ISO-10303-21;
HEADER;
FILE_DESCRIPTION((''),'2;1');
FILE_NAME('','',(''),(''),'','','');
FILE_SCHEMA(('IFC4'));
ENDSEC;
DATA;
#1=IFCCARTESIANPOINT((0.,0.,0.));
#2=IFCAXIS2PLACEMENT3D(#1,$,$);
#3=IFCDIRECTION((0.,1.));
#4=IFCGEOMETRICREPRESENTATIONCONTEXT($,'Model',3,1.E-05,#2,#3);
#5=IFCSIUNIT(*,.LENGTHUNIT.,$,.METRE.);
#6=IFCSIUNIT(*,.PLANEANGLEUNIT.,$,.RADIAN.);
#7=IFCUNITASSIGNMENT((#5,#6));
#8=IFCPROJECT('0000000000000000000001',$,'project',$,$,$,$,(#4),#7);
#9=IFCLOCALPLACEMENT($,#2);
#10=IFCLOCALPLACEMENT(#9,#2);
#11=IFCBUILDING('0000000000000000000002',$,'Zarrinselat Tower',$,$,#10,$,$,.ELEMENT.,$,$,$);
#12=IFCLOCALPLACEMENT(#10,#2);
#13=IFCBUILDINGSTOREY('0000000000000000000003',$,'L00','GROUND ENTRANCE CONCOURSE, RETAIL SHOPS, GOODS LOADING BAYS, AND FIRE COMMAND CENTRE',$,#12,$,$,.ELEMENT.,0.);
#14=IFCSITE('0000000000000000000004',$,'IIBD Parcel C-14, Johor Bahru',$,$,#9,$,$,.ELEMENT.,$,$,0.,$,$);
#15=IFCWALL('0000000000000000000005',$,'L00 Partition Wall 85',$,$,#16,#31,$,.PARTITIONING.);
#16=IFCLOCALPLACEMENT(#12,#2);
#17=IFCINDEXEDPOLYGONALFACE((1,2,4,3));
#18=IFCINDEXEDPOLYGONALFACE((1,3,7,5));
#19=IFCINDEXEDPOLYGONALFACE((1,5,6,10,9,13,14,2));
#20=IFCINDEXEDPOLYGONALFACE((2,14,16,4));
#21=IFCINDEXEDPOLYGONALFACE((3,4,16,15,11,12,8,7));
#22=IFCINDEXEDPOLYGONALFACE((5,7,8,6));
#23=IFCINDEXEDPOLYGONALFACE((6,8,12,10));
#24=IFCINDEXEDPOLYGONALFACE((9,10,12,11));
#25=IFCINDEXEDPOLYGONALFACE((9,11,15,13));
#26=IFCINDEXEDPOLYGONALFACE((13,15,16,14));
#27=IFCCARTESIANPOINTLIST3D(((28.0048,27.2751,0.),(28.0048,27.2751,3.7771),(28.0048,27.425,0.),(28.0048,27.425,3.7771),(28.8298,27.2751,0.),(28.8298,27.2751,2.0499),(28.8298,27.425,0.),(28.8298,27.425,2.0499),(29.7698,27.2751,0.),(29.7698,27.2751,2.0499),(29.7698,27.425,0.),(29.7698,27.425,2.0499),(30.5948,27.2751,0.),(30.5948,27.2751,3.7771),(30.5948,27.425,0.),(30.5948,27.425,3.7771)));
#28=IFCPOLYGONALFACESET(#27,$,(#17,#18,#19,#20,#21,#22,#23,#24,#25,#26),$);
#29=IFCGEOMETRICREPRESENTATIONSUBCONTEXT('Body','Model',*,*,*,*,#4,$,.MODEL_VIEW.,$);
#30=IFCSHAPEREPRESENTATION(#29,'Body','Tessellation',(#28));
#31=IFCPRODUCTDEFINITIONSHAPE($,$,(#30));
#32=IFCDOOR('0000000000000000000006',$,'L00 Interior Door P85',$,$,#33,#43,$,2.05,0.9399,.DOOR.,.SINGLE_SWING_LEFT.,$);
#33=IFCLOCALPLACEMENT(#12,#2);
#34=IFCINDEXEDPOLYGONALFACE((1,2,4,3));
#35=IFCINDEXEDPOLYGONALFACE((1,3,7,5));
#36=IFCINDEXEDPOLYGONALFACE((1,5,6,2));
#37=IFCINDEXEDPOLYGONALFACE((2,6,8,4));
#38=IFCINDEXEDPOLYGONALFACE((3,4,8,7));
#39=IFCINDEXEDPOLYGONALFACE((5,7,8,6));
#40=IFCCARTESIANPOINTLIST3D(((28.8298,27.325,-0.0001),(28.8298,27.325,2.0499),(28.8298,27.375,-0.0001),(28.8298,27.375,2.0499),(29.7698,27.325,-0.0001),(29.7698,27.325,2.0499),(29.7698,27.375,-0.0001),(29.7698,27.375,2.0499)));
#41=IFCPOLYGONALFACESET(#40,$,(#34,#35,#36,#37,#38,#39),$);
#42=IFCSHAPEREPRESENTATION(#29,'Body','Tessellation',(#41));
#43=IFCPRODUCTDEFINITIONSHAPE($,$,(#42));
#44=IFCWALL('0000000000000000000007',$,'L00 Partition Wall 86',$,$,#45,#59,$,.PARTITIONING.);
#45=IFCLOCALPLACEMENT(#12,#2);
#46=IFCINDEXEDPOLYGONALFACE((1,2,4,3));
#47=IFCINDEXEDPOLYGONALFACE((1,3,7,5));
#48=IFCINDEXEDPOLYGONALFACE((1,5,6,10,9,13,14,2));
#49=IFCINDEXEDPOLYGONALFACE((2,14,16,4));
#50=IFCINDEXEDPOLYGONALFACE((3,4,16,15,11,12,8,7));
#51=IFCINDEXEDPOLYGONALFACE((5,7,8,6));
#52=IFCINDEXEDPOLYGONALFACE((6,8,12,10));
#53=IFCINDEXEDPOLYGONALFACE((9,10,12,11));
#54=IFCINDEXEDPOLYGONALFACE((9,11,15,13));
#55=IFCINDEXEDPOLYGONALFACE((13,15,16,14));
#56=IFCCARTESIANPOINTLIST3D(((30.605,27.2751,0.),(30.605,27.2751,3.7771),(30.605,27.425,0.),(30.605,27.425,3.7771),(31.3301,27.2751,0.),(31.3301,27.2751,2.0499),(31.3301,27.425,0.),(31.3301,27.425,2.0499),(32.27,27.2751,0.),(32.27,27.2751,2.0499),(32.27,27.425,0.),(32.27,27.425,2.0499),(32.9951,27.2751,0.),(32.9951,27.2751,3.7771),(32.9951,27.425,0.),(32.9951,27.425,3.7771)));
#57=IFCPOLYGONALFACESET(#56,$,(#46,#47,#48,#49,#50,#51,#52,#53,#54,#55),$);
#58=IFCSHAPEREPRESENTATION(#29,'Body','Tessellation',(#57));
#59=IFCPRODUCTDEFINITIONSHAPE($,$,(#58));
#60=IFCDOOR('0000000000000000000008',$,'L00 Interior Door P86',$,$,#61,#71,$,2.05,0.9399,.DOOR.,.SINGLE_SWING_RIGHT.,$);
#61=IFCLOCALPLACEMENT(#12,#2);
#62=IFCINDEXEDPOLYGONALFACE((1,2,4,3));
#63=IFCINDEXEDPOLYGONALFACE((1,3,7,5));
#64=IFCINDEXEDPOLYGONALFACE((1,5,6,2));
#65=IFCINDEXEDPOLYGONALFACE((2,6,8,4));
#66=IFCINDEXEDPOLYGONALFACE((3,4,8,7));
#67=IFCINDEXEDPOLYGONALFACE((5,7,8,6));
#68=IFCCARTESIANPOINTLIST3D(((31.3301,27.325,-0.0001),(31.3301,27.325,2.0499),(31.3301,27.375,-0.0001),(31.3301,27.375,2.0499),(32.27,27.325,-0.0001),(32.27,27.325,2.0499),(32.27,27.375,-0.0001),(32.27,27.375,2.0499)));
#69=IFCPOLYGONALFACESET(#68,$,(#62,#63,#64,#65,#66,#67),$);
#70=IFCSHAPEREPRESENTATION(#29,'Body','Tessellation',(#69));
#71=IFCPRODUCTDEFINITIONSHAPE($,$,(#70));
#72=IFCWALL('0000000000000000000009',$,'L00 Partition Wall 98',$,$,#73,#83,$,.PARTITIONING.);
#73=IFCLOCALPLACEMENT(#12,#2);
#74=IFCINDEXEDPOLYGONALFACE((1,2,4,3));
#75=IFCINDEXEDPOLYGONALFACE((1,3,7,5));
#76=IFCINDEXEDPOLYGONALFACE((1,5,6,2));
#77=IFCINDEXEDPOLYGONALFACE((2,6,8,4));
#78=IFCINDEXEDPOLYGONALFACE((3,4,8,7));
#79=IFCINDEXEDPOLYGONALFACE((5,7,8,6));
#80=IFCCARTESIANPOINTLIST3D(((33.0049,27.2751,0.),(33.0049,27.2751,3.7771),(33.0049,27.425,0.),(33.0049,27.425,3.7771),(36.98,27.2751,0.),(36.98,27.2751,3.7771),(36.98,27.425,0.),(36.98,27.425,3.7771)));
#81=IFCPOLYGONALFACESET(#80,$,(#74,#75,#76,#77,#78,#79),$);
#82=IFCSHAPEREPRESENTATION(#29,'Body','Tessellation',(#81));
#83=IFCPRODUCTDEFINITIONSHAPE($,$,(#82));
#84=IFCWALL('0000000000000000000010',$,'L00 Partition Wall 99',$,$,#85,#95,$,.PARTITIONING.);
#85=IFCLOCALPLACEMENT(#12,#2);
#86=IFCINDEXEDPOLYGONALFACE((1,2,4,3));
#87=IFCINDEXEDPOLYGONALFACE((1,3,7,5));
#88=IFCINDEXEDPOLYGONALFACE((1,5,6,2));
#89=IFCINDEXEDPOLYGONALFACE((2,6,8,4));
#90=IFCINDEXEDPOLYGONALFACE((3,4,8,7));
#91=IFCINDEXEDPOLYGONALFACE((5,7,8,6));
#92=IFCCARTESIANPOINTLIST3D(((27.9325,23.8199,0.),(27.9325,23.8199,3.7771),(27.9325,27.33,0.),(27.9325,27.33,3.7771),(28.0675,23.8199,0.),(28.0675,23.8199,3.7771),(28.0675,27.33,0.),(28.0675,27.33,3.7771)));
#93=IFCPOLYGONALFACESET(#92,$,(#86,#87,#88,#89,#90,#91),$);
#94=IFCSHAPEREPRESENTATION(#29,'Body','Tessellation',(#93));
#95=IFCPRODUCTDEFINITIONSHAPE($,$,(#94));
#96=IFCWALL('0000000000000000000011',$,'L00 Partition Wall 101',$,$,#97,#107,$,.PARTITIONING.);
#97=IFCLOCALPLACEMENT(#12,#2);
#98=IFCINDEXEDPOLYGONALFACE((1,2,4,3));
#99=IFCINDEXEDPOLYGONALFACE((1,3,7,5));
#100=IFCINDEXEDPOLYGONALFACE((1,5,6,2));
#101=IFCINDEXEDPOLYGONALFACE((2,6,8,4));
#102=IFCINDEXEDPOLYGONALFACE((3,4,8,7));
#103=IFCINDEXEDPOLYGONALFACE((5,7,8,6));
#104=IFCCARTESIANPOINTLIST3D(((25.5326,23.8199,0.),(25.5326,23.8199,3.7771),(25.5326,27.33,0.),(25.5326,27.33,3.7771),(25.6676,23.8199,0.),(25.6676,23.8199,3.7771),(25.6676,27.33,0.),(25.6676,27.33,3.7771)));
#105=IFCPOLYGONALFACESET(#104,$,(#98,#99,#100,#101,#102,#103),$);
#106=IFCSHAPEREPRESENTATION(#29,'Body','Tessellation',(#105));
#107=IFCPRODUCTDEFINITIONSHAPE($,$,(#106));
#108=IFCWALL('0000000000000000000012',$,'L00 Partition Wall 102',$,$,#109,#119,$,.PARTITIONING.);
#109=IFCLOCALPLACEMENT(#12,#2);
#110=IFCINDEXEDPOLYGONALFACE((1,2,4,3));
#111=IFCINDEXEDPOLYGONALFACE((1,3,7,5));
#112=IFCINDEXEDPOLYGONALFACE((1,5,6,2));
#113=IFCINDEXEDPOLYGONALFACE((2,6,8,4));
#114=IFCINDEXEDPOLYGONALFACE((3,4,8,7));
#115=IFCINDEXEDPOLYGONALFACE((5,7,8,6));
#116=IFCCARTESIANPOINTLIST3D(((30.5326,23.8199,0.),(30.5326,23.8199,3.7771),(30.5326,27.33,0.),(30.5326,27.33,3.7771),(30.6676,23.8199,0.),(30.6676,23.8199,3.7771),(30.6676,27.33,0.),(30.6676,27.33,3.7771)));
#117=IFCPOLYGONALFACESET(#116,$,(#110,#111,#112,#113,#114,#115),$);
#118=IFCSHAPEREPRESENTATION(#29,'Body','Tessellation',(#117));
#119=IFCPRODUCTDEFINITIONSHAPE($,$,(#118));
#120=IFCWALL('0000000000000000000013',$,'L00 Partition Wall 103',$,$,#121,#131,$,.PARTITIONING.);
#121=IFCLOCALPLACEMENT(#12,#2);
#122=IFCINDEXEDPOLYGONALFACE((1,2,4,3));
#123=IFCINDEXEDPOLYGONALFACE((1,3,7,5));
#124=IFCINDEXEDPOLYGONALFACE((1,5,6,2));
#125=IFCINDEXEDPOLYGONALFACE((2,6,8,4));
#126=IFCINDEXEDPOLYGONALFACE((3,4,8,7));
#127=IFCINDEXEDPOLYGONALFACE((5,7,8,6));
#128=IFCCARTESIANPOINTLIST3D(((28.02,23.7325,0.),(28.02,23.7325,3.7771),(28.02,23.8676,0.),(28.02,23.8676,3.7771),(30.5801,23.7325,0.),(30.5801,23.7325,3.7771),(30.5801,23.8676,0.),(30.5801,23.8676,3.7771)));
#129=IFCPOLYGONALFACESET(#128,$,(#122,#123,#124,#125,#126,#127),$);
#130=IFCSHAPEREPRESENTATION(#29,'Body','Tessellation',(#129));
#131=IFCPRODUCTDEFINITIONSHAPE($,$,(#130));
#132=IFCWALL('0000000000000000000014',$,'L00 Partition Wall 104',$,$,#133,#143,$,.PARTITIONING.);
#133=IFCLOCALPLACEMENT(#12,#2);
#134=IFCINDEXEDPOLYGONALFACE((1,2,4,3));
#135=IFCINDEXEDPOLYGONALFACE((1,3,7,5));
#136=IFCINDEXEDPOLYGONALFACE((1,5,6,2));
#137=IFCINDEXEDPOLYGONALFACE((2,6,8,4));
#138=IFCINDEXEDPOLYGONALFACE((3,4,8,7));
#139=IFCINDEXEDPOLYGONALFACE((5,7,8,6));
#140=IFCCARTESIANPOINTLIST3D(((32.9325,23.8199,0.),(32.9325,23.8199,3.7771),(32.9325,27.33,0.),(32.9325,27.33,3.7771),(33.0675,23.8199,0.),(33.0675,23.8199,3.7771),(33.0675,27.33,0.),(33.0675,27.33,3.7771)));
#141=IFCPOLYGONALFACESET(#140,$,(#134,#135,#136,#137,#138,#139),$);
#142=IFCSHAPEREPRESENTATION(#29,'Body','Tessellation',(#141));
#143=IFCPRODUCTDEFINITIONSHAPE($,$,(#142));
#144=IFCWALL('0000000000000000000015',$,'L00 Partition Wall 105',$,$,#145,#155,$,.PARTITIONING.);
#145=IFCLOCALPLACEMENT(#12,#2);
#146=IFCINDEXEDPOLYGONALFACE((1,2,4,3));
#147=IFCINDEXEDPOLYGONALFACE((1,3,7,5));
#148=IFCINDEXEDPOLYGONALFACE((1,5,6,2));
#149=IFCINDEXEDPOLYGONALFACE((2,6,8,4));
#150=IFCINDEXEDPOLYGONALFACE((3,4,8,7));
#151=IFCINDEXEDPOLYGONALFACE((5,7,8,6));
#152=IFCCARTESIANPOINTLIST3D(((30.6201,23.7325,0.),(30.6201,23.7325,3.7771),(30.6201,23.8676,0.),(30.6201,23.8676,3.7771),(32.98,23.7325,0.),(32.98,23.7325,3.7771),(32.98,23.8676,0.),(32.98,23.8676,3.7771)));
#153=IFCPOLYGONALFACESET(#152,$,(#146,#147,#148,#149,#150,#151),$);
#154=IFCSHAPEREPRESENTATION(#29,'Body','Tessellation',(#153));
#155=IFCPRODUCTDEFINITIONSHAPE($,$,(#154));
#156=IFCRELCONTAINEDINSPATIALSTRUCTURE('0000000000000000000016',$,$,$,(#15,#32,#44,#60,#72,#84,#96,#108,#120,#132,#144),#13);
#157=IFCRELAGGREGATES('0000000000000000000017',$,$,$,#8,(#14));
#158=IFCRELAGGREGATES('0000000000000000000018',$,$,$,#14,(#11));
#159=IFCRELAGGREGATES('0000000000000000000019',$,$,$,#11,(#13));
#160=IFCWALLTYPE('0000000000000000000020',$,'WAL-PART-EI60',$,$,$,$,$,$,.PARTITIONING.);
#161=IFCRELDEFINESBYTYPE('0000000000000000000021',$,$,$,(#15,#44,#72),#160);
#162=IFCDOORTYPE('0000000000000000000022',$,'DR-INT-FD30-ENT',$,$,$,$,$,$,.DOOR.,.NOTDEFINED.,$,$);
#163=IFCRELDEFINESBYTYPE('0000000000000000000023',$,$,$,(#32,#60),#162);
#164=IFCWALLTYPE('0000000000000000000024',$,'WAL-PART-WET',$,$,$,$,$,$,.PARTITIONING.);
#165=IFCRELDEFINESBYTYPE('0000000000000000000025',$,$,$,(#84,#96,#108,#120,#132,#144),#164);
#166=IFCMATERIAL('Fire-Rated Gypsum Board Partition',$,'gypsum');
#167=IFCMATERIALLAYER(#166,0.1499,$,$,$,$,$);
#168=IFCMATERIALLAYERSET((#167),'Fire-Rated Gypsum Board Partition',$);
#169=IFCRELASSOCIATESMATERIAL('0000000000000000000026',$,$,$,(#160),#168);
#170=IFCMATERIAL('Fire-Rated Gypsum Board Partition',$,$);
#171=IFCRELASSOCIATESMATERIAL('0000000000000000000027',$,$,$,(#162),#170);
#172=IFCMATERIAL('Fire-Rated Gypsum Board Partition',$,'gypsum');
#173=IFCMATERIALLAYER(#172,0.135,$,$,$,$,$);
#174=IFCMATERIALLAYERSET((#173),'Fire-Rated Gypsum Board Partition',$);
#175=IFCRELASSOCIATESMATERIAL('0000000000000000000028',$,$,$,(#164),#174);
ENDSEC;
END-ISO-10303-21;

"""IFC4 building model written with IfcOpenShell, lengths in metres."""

from ifc_helpers import new_model, si_unit, direction, frame, frame_2d, origin, place, context, subcontext, project, spatial, rectangle, extrude, material, layer, layer_set, type_object, element, fill, save


model = new_model("IFC4")

# Units and contexts
model_context = context("Model", 3, precision=1e-05, world=origin(), true_north=direction((0.0, 1.0)))
body_context = subcontext(model_context, "Body", "Model", "MODEL_VIEW")
ifc_project = project(units=[si_unit("LENGTHUNIT", "METRE"), si_unit("PLANEANGLEUNIT", "RADIAN")], contexts=[model_context])

# Site, building, storey
site_placement = place(None, origin())
site = spatial("IfcSite", under=ifc_project, at=site_placement, Name="IIBD Parcel C-14, Johor Bahru", CompositionType="ELEMENT", RefElevation=0.0)
building_placement = place(site_placement, origin())
building = spatial("IfcBuilding", under=site, at=building_placement, Name="Zarrinselat Tower", CompositionType="ELEMENT")
storey_placement = place(building_placement, origin())
storey = spatial("IfcBuildingStorey", under=building, at=storey_placement, Name="L00", Description="GROUND ENTRANCE CONCOURSE, RETAIL SHOPS, GOODS LOADING BAYS, AND FIRE COMMAND CENTRE", CompositionType="ELEMENT", Elevation=0.0)

# Shared definitions
ifc_material_1 = material(Name="Fire-Rated Gypsum Board Partition", Category="gypsum")
ifc_layer_1 = layer(ifc_material_1, 0.1499)
ifc_layer_set_1 = layer_set([ifc_layer_1], Name="Fire-Rated Gypsum Board Partition")
wall_type_1 = type_object("IfcWallType", Name="WAL-PART-EI60", PredefinedType="PARTITIONING", material=ifc_layer_set_1)

# Shared definitions
ifc_material_2 = material(Name="Fire-Rated Gypsum Board Partition")
door_type = type_object("IfcDoorType", Name="DR-INT-FD30-ENT", OperationType="NOTDEFINED", PredefinedType="DOOR", material=ifc_material_2)

# Walls, openings, doors
wall_1_placement = place(storey_placement, frame((28.0049, 27.3501, 0.0), z_axis=(0.0, 0.0, 1.0), x_axis=(1.0, 0.0, 0.0)))
wall_1 = element("IfcWall", 1, at=wall_1_placement, inside=storey, type_object=wall_type_1, Name="L00 Partition Wall 85", PredefinedType="PARTITIONING", context=body_context, shape_type="SweptSolid", body=[
    extrude(rectangle(XDim=2.5901, YDim=0.1499, at=frame_2d((1.2949, 0.0))), origin(), (0.0, 0.0, 1.0), 3.7771),
])
opening_1_placement = place(wall_1_placement, frame((0.825, 0.0, 0.0)))
opening_1 = element("IfcOpeningElement", 2, at=opening_1_placement, cuts=wall_1, PredefinedType="OPENING", context=body_context, shape_type="SweptSolid", body=[
    extrude(rectangle(XDim=0.9399, YDim=2.05, at=frame_2d((0.47, 1.0249))), frame((0.0, 0.085, 0.0), z_axis=(0.0, -1.0, 0.0), x_axis=(1.0, 0.0, 0.0)), (0.0, 0.0, 1.0), 0.1699),
])
door_1_placement = place(opening_1_placement, origin())
door_1 = element("IfcDoor", 3, at=door_1_placement, inside=storey, type_object=door_type, Name="L00 Interior Door P85", OperationType="SINGLE_SWING_LEFT", OverallHeight=2.05, OverallWidth=0.9399, PredefinedType="DOOR", context=body_context, shape_type="SweptSolid", body=[
    extrude(rectangle(XDim=0.9399, YDim=2.05, at=frame_2d((0.47, 1.0249))), frame((0.0, 0.0249, 0.0), z_axis=(0.0, -1.0, 0.0), x_axis=(1.0, 0.0, 0.0)), (0.0, 0.0, 1.0), 0.05),
])
fill(opening_1, door_1)
wall_2_placement = place(storey_placement, frame((30.605, 27.3501, 0.0), z_axis=(0.0, 0.0, 1.0), x_axis=(1.0, 0.0, 0.0)))
wall_2 = element("IfcWall", 4, at=wall_2_placement, inside=storey, type_object=wall_type_1, Name="L00 Partition Wall 86", PredefinedType="PARTITIONING", context=body_context, shape_type="SweptSolid", body=[
    extrude(rectangle(XDim=2.3901, YDim=0.1499, at=frame_2d((1.1951, 0.0))), origin(), (0.0, 0.0, 1.0), 3.7771),
])
opening_2_placement = place(wall_2_placement, frame((0.7251, 0.0, 0.0)))
opening_2 = element("IfcOpeningElement", 5, at=opening_2_placement, cuts=wall_2, PredefinedType="OPENING", context=body_context, shape_type="SweptSolid", body=[
    extrude(rectangle(XDim=0.9399, YDim=2.05, at=frame_2d((0.47, 1.0249))), frame((0.0, 0.085, 0.0), z_axis=(0.0, -1.0, 0.0), x_axis=(1.0, 0.0, 0.0)), (0.0, 0.0, 1.0), 0.1699),
])
door_2_placement = place(opening_2_placement, origin())
door_2 = element("IfcDoor", 6, at=door_2_placement, inside=storey, type_object=door_type, Name="L00 Interior Door P86", OperationType="SINGLE_SWING_RIGHT", OverallHeight=2.05, OverallWidth=0.9399, PredefinedType="DOOR", context=body_context, shape_type="SweptSolid", body=[
    extrude(rectangle(XDim=0.9399, YDim=2.05, at=frame_2d((0.47, 1.0249))), frame((0.0, 0.0249, 0.0), z_axis=(0.0, -1.0, 0.0), x_axis=(1.0, 0.0, 0.0)), (0.0, 0.0, 1.0), 0.05),
])
fill(opening_2, door_2)

# Walls
wall_3_placement = place(storey_placement, frame((33.0049, 27.3501, 0.0), z_axis=(0.0, 0.0, 1.0), x_axis=(1.0, 0.0, 0.0)))
element("IfcWall", 7, at=wall_3_placement, inside=storey, type_object=wall_type_1, Name="L00 Partition Wall 98", PredefinedType="PARTITIONING", context=body_context, shape_type="SweptSolid", body=[
    extrude(rectangle(XDim=3.9751, YDim=0.1499, at=frame_2d((1.9875, 0.0))), origin(), (0.0, 0.0, 1.0), 3.7771),
])
ifc_material_3 = material(Name="Fire-Rated Gypsum Board Partition", Category="gypsum")
ifc_layer_2 = layer(ifc_material_3, 0.135)
ifc_layer_set_2 = layer_set([ifc_layer_2], Name="Fire-Rated Gypsum Board Partition")
wall_type_2 = type_object("IfcWallType", Name="WAL-PART-WET", PredefinedType="PARTITIONING", material=ifc_layer_set_2)
for number, where, z_axis, x_axis, name in (
    (8, (28.0, 23.8201, 0.0), (0.0, 0.0, 1.0), (0.0, 1.0, 0.0), "L00 Partition Wall 99"),
    (9, (25.6001, 23.8201, 0.0), (0.0, 0.0, 1.0), (0.0, 1.0, 0.0), "L00 Partition Wall 101"),
    (10, (30.6001, 23.8201, 0.0), (0.0, 0.0, 1.0), (0.0, 1.0, 0.0), "L00 Partition Wall 102"),
):
    element("IfcWall", number, at=place(storey_placement, frame(where, z_axis=z_axis, x_axis=x_axis)), inside=storey, type_object=wall_type_2, Name=name, PredefinedType="PARTITIONING", context=body_context, shape_type="SweptSolid", body=[
        extrude(rectangle(XDim=3.51, YDim=0.135, at=frame_2d((1.7549, 0.0))), origin(), (0.0, 0.0, 1.0), 3.7771),
    ])
wall_4_placement = place(storey_placement, frame((28.02, 23.8, 0.0), z_axis=(0.0, 0.0, 1.0), x_axis=(1.0, 0.0, 0.0)))
element("IfcWall", 11, at=wall_4_placement, inside=storey, type_object=wall_type_2, Name="L00 Partition Wall 103", PredefinedType="PARTITIONING", context=body_context, shape_type="SweptSolid", body=[
    extrude(rectangle(XDim=2.5601, YDim=0.135, at=frame_2d((1.28, 0.0))), origin(), (0.0, 0.0, 1.0), 3.7771),
])
wall_5_placement = place(storey_placement, frame((33.0, 23.8201, 0.0), z_axis=(0.0, 0.0, 1.0), x_axis=(0.0, 1.0, 0.0)))
element("IfcWall", 12, at=wall_5_placement, inside=storey, type_object=wall_type_2, Name="L00 Partition Wall 104", PredefinedType="PARTITIONING", context=body_context, shape_type="SweptSolid", body=[
    extrude(rectangle(XDim=3.51, YDim=0.135, at=frame_2d((1.7549, 0.0))), origin(), (0.0, 0.0, 1.0), 3.7771),
])
wall_6_placement = place(storey_placement, frame((30.6201, 23.8, 0.0), z_axis=(0.0, 0.0, 1.0), x_axis=(1.0, 0.0, 0.0)))
element("IfcWall", 13, at=wall_6_placement, inside=storey, type_object=wall_type_2, Name="L00 Partition Wall 105", PredefinedType="PARTITIONING", context=body_context, shape_type="SweptSolid", body=[
    extrude(rectangle(XDim=2.3599, YDim=0.135, at=frame_2d((1.1799, 0.0))), origin(), (0.0, 0.0, 1.0), 3.7771),
])

save(model, "model.ifc")
